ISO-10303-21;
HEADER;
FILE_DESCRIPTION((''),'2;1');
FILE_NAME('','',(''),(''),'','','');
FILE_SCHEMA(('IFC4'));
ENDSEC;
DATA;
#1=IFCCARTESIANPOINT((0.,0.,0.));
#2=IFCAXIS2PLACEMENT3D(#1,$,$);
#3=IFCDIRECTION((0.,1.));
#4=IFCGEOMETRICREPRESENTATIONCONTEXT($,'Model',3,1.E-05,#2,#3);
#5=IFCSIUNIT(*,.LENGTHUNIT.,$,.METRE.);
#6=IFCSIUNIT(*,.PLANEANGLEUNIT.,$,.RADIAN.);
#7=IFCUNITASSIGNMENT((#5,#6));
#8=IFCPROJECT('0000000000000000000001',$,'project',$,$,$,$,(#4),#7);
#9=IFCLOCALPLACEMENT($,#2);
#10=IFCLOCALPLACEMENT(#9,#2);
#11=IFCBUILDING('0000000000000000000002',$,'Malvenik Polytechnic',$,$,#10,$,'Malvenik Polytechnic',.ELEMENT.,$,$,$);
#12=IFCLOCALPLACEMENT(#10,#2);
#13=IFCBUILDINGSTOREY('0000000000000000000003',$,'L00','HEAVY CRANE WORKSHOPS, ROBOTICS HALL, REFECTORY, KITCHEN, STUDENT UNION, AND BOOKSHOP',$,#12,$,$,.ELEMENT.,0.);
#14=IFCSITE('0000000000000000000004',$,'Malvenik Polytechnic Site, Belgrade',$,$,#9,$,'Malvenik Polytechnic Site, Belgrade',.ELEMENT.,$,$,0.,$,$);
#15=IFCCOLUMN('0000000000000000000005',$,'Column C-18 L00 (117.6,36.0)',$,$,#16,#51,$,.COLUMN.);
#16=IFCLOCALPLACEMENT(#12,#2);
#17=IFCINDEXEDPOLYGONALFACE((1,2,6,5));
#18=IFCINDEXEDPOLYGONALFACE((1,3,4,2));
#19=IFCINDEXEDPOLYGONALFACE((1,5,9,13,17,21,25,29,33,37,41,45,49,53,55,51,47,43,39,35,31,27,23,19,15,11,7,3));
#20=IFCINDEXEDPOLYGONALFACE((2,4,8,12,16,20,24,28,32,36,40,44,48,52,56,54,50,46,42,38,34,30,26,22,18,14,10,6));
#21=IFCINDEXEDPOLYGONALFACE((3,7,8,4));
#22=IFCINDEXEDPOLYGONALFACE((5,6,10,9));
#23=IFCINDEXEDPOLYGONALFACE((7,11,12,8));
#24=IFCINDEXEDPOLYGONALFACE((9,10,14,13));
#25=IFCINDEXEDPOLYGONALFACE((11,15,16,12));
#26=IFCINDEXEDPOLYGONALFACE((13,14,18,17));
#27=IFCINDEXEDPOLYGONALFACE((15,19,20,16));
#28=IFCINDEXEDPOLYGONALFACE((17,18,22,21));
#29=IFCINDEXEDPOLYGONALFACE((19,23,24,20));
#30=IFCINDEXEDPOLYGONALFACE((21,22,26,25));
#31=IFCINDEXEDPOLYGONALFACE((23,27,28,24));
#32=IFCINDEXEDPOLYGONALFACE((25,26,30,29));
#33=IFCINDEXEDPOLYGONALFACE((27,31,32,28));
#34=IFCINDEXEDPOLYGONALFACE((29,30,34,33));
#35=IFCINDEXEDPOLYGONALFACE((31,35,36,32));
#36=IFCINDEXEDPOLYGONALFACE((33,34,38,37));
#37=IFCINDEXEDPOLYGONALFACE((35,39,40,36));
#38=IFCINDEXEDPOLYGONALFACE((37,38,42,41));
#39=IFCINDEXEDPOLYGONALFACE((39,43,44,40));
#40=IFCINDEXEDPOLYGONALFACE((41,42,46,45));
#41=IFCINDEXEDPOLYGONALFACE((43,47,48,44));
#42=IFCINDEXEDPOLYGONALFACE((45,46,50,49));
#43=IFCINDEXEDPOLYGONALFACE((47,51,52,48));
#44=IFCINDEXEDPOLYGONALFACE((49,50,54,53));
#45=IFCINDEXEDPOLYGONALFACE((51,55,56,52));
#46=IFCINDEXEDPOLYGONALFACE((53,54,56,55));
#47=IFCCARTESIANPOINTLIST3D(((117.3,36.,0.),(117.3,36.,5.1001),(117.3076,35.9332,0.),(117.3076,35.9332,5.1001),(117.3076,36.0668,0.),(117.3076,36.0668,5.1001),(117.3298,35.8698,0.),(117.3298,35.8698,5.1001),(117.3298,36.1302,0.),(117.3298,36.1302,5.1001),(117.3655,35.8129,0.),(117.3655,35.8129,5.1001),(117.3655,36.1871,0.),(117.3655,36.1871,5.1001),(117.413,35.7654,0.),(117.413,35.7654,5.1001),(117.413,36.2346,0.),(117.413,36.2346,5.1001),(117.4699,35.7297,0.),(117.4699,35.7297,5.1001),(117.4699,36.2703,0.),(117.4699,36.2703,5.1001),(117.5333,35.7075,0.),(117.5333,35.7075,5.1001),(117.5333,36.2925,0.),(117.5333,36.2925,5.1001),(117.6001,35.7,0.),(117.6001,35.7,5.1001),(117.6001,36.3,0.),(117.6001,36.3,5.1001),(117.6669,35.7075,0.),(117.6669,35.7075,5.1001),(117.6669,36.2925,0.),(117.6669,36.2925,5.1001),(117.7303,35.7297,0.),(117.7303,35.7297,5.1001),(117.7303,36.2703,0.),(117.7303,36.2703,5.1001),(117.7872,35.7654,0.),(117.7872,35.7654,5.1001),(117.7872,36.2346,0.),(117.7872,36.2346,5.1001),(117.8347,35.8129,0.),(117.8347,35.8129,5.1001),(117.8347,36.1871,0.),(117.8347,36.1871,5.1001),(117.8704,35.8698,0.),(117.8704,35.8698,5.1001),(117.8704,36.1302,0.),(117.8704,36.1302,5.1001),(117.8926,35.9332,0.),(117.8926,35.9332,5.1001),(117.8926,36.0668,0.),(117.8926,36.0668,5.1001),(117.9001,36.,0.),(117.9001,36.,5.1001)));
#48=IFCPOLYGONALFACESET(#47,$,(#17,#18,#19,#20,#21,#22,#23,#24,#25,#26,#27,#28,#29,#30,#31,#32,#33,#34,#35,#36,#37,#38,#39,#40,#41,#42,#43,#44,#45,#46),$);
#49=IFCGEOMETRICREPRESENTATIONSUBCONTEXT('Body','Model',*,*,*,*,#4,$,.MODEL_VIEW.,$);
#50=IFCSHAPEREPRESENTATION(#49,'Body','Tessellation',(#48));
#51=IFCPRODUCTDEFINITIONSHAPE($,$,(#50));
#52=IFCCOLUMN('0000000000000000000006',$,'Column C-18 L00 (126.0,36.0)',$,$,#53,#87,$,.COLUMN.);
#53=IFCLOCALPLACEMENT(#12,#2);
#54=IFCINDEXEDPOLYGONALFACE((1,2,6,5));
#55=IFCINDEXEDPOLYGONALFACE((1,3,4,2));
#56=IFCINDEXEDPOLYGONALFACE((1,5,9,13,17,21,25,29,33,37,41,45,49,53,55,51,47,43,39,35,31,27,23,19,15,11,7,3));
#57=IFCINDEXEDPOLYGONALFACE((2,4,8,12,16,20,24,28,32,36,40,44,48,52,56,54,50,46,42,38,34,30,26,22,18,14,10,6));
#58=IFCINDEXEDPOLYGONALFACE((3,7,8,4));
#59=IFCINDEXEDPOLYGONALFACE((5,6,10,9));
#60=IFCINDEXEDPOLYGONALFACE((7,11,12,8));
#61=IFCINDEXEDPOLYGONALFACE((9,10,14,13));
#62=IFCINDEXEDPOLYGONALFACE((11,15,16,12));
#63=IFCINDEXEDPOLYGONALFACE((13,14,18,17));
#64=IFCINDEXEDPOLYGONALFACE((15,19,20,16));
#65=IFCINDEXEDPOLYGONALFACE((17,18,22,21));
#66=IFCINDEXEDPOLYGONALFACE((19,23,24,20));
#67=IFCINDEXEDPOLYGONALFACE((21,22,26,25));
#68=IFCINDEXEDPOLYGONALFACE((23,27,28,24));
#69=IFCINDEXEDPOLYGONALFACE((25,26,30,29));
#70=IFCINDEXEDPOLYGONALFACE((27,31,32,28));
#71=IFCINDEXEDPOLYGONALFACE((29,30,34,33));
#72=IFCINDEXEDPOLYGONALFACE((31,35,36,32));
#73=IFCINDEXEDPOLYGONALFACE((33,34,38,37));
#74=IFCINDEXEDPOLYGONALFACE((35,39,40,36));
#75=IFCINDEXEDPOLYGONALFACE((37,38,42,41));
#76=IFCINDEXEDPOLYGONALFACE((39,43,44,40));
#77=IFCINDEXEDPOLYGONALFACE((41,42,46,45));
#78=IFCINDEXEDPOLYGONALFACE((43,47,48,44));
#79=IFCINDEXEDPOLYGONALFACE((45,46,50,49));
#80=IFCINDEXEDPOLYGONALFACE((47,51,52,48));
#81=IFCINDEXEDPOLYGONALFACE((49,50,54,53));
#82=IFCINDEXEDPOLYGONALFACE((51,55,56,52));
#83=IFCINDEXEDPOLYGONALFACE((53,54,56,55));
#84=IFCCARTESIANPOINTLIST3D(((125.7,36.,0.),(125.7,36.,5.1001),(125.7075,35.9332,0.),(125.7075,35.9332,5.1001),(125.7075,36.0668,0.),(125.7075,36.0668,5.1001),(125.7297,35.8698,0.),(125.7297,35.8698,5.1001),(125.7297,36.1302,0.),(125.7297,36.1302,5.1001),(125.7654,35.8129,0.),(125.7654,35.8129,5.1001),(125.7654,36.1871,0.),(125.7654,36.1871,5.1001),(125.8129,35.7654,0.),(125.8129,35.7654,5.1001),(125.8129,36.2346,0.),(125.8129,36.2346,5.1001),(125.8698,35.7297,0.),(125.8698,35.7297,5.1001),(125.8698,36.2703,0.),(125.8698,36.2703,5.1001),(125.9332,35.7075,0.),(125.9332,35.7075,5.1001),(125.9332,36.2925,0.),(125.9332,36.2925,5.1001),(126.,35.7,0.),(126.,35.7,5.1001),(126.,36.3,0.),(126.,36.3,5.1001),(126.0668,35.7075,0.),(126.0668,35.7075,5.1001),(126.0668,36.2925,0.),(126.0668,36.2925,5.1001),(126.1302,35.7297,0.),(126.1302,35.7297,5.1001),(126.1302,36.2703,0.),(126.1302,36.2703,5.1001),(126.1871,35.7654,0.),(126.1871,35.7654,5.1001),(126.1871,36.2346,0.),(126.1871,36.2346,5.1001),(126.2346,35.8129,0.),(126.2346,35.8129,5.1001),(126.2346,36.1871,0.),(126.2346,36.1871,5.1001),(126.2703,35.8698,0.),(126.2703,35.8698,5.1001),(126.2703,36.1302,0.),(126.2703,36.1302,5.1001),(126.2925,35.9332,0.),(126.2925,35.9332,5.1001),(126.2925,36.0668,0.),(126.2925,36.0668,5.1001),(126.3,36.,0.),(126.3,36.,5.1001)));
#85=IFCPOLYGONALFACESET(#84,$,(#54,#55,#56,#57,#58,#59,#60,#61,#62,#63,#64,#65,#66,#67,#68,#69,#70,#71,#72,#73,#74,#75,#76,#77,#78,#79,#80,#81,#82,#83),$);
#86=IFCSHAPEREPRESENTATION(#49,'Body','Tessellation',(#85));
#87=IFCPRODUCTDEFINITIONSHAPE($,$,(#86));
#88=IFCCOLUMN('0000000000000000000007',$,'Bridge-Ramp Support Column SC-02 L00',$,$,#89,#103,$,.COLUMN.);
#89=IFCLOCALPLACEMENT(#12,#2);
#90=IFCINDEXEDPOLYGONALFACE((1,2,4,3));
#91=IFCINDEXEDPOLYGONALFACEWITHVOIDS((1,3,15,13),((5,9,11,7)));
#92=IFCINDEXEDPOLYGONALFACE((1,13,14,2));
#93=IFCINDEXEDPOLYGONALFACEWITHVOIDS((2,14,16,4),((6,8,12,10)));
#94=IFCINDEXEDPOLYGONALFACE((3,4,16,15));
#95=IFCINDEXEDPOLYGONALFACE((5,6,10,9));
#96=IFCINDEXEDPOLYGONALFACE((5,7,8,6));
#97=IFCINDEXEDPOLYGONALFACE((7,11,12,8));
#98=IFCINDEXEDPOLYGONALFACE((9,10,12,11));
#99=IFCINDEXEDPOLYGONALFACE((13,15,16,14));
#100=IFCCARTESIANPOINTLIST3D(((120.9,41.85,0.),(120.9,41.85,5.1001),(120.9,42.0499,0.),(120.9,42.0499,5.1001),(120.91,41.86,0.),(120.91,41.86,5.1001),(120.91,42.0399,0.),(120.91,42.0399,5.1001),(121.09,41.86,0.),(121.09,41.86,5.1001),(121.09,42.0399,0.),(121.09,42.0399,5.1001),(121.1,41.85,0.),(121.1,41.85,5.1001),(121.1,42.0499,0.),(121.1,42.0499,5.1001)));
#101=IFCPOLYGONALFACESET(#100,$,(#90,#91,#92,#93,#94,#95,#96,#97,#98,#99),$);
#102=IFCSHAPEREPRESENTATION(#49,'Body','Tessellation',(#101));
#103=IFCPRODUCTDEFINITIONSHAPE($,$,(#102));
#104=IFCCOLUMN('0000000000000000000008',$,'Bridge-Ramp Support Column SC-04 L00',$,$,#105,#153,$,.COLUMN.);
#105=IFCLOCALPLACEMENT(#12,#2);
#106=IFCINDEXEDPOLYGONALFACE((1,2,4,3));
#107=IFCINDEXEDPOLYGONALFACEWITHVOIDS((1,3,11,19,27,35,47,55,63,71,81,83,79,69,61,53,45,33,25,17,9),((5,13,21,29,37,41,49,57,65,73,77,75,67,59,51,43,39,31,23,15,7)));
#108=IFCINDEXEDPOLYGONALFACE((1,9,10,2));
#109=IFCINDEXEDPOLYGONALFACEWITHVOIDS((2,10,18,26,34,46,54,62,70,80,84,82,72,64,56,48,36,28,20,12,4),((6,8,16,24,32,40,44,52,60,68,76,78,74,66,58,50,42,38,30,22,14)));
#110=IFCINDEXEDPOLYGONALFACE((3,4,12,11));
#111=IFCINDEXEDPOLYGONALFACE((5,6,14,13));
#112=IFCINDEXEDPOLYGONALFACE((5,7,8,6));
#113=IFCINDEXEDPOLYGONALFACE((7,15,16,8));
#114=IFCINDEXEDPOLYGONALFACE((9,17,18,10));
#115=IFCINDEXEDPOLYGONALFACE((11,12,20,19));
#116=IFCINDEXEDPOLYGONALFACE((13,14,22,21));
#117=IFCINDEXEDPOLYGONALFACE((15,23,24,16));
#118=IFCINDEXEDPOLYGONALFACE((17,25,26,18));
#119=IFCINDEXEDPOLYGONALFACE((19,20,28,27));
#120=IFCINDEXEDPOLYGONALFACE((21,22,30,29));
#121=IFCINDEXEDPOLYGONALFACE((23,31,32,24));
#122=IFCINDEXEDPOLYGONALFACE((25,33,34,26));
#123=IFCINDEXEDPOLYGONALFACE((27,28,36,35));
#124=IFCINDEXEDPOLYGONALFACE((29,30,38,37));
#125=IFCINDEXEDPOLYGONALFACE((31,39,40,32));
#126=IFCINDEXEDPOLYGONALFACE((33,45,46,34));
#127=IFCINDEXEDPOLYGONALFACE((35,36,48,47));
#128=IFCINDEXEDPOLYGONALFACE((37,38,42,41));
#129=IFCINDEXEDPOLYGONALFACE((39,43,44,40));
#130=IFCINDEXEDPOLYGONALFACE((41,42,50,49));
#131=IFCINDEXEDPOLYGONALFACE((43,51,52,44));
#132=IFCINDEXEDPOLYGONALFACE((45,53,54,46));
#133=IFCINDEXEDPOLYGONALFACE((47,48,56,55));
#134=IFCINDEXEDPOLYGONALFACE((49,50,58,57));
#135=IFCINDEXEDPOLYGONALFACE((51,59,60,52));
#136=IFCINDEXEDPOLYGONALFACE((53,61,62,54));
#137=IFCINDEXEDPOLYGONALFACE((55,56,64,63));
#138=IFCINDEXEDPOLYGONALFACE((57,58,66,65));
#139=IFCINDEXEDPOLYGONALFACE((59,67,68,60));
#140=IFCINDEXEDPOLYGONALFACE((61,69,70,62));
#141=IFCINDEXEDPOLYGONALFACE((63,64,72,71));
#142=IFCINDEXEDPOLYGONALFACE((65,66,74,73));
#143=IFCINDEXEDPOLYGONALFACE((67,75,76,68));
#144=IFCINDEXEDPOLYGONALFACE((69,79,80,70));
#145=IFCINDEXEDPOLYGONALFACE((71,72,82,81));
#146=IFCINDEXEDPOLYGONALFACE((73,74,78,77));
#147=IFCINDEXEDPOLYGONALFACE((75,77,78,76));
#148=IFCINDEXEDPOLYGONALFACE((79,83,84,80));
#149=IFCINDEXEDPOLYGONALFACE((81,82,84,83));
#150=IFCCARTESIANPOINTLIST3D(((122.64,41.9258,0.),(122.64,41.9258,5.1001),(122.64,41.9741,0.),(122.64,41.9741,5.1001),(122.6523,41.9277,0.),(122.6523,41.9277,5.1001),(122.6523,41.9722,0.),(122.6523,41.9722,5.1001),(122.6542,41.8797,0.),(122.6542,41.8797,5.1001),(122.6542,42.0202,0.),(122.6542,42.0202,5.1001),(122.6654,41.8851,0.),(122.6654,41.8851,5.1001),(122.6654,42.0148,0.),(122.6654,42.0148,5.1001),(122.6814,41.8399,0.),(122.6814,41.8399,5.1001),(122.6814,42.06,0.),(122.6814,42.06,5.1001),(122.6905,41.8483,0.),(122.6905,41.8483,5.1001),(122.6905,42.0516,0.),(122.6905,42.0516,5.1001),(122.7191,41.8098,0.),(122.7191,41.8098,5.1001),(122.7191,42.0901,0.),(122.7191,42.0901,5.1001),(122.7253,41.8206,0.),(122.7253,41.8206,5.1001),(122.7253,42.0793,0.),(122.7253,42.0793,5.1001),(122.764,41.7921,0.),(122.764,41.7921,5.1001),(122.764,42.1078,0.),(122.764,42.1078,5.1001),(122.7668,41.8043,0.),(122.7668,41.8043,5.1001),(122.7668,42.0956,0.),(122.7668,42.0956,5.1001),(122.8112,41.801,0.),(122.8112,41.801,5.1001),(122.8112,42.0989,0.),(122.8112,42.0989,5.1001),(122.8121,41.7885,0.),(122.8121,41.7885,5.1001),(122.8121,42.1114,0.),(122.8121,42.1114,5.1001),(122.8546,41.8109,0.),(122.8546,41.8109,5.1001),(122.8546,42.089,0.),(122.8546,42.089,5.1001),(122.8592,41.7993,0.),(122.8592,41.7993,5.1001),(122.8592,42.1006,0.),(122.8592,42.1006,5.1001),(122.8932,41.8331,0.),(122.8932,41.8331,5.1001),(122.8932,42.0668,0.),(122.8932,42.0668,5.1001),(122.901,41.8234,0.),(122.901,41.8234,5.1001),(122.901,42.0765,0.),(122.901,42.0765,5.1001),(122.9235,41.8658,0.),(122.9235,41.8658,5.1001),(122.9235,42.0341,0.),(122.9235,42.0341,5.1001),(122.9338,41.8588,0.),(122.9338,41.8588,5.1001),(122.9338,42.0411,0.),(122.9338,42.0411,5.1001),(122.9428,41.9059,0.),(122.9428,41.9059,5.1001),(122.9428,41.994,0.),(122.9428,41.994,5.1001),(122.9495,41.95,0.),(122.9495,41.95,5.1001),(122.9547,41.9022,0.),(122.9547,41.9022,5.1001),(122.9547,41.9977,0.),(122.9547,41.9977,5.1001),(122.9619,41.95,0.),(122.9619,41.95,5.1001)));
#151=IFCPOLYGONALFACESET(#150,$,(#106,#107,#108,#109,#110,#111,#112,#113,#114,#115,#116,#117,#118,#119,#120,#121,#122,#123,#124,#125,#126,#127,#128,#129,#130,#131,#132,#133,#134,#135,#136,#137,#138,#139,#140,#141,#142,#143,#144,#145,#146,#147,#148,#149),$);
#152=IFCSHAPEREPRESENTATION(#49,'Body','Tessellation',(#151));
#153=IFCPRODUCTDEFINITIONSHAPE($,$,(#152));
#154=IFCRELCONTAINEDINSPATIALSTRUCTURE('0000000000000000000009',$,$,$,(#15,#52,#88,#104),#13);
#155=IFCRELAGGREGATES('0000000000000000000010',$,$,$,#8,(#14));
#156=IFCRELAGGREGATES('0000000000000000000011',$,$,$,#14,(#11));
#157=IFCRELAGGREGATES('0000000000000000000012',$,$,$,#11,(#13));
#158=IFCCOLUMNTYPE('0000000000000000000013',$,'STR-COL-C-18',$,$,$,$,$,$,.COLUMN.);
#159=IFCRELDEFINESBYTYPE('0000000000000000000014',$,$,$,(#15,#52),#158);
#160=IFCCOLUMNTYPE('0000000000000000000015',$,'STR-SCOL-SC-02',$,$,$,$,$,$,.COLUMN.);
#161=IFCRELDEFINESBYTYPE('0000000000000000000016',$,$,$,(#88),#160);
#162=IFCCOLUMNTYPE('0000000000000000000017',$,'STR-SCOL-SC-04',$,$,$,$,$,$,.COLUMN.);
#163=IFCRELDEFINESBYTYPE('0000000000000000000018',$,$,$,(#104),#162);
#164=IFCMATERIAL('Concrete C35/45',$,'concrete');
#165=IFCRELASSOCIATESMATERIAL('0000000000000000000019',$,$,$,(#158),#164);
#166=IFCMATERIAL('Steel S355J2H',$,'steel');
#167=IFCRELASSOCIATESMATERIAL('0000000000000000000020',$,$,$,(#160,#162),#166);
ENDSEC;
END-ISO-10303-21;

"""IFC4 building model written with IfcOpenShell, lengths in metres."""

from ifc_helpers import new_model, si_unit, direction, frame, origin, origin_2d, place, context, subcontext, project, spatial, hollow_rectangle, circle, hollow_circle, extrude, material, material_profile, profile_set, type_object, element, save


model = new_model("IFC4")

# Units and contexts
model_context = context("Model", 3, precision=1e-05, world=origin(), true_north=direction((0.0, 1.0)))
body_context = subcontext(model_context, "Body", "Model", "MODEL_VIEW")
ifc_project = project(units=[si_unit("LENGTHUNIT", "METRE"), si_unit("PLANEANGLEUNIT", "RADIAN")], contexts=[model_context])

# Site, building, storey
site_placement = place(None, origin())
site = spatial("IfcSite", under=ifc_project, at=site_placement, Name="Malvenik Polytechnic Site, Belgrade", LongName="Malvenik Polytechnic Site, Belgrade", CompositionType="ELEMENT", RefElevation=0.0)
building_placement = place(site_placement, origin())
building = spatial("IfcBuilding", under=site, at=building_placement, Name="Malvenik Polytechnic", LongName="Malvenik Polytechnic", CompositionType="ELEMENT")
storey_placement = place(building_placement, origin())
storey = spatial("IfcBuildingStorey", under=building, at=storey_placement, Name="L00", Description="HEAVY CRANE WORKSHOPS, ROBOTICS HALL, REFECTORY, KITCHEN, STUDENT UNION, AND BOOKSHOP", CompositionType="ELEMENT", Elevation=0.0)

# Columns
ifc_material_1 = material(Name="Concrete C35/45", Category="concrete")
ifc_material_profile_1 = material_profile(ifc_material_1, circle(Radius=0.3, at=origin_2d()), Name="RC COL D600")
ifc_profile_set_1 = profile_set([ifc_material_profile_1], Name="Concrete C35/45")
column_type_1 = type_object("IfcColumnType", Name="STR-COL-C-18", PredefinedType="COLUMN", material=ifc_profile_set_1)
for number, where, z_axis, x_axis, name in (
    (1, (117.6001, 36.0, 0.0), (0.0, 0.0, 1.0), (1.0, 0.0, 0.0), "Column C-18 L00 (117.6,36.0)"),
    (2, (126.0, 36.0, 0.0), (0.0, 0.0, 1.0), (1.0, 0.0, 0.0), "Column C-18 L00 (126.0,36.0)"),
):
    element("IfcColumn", number, at=place(storey_placement, frame(where, z_axis=z_axis, x_axis=x_axis)), inside=storey, type_object=column_type_1, Name=name, PredefinedType="COLUMN", context=body_context, shape_type="SweptSolid", body=[
        extrude(circle(Radius=0.3, at=origin_2d()), origin(), (0.0, 0.0, 1.0), 5.1001),
    ])
ifc_material_2 = material(Name="Steel S355J2H", Category="steel")
ifc_material_profile_2 = material_profile(ifc_material_2, hollow_rectangle(XDim=0.2, YDim=0.2, WallThickness=0.01, at=origin_2d()), Name="SHS 200x200x10.0")
ifc_profile_set_2 = profile_set([ifc_material_profile_2], Name="Steel S355J2H")
column_type_2 = type_object("IfcColumnType", Name="STR-SCOL-SC-02", PredefinedType="COLUMN", material=ifc_profile_set_2)
column_1_placement = place(storey_placement, frame((121.0, 41.95, 0.0), z_axis=(0.0, 0.0, 1.0), x_axis=(1.0, 0.0, 0.0)))
element("IfcColumn", 3, at=column_1_placement, inside=storey, type_object=column_type_2, Name="Bridge-Ramp Support Column SC-02 L00", PredefinedType="COLUMN", context=body_context, shape_type="SweptSolid", body=[
    extrude(hollow_rectangle(XDim=0.2, YDim=0.2, WallThickness=0.01, at=origin_2d()), origin(), (0.0, 0.0, 1.0), 5.1001),
])
ifc_material_profile_3 = material_profile(ifc_material_2, hollow_circle(Radius=0.1619, WallThickness=0.0125, at=origin_2d()), Name="CHS 323.9x12.5")
ifc_profile_set_3 = profile_set([ifc_material_profile_3], Name="Steel S355J2H")
column_type_3 = type_object("IfcColumnType", Name="STR-SCOL-SC-04", PredefinedType="COLUMN", material=ifc_profile_set_3)
column_2_placement = place(storey_placement, frame((122.8, 41.95, 0.0), z_axis=(0.0, 0.0, 1.0), x_axis=(1.0, 0.0, 0.0)))
element("IfcColumn", 4, at=column_2_placement, inside=storey, type_object=column_type_3, Name="Bridge-Ramp Support Column SC-04 L00", PredefinedType="COLUMN", context=body_context, shape_type="SweptSolid", body=[
    extrude(hollow_circle(Radius=0.1619, WallThickness=0.0125, at=origin_2d()), origin(), (0.0, 0.0, 1.0), 5.1001),
])

save(model, "model.ifc")
